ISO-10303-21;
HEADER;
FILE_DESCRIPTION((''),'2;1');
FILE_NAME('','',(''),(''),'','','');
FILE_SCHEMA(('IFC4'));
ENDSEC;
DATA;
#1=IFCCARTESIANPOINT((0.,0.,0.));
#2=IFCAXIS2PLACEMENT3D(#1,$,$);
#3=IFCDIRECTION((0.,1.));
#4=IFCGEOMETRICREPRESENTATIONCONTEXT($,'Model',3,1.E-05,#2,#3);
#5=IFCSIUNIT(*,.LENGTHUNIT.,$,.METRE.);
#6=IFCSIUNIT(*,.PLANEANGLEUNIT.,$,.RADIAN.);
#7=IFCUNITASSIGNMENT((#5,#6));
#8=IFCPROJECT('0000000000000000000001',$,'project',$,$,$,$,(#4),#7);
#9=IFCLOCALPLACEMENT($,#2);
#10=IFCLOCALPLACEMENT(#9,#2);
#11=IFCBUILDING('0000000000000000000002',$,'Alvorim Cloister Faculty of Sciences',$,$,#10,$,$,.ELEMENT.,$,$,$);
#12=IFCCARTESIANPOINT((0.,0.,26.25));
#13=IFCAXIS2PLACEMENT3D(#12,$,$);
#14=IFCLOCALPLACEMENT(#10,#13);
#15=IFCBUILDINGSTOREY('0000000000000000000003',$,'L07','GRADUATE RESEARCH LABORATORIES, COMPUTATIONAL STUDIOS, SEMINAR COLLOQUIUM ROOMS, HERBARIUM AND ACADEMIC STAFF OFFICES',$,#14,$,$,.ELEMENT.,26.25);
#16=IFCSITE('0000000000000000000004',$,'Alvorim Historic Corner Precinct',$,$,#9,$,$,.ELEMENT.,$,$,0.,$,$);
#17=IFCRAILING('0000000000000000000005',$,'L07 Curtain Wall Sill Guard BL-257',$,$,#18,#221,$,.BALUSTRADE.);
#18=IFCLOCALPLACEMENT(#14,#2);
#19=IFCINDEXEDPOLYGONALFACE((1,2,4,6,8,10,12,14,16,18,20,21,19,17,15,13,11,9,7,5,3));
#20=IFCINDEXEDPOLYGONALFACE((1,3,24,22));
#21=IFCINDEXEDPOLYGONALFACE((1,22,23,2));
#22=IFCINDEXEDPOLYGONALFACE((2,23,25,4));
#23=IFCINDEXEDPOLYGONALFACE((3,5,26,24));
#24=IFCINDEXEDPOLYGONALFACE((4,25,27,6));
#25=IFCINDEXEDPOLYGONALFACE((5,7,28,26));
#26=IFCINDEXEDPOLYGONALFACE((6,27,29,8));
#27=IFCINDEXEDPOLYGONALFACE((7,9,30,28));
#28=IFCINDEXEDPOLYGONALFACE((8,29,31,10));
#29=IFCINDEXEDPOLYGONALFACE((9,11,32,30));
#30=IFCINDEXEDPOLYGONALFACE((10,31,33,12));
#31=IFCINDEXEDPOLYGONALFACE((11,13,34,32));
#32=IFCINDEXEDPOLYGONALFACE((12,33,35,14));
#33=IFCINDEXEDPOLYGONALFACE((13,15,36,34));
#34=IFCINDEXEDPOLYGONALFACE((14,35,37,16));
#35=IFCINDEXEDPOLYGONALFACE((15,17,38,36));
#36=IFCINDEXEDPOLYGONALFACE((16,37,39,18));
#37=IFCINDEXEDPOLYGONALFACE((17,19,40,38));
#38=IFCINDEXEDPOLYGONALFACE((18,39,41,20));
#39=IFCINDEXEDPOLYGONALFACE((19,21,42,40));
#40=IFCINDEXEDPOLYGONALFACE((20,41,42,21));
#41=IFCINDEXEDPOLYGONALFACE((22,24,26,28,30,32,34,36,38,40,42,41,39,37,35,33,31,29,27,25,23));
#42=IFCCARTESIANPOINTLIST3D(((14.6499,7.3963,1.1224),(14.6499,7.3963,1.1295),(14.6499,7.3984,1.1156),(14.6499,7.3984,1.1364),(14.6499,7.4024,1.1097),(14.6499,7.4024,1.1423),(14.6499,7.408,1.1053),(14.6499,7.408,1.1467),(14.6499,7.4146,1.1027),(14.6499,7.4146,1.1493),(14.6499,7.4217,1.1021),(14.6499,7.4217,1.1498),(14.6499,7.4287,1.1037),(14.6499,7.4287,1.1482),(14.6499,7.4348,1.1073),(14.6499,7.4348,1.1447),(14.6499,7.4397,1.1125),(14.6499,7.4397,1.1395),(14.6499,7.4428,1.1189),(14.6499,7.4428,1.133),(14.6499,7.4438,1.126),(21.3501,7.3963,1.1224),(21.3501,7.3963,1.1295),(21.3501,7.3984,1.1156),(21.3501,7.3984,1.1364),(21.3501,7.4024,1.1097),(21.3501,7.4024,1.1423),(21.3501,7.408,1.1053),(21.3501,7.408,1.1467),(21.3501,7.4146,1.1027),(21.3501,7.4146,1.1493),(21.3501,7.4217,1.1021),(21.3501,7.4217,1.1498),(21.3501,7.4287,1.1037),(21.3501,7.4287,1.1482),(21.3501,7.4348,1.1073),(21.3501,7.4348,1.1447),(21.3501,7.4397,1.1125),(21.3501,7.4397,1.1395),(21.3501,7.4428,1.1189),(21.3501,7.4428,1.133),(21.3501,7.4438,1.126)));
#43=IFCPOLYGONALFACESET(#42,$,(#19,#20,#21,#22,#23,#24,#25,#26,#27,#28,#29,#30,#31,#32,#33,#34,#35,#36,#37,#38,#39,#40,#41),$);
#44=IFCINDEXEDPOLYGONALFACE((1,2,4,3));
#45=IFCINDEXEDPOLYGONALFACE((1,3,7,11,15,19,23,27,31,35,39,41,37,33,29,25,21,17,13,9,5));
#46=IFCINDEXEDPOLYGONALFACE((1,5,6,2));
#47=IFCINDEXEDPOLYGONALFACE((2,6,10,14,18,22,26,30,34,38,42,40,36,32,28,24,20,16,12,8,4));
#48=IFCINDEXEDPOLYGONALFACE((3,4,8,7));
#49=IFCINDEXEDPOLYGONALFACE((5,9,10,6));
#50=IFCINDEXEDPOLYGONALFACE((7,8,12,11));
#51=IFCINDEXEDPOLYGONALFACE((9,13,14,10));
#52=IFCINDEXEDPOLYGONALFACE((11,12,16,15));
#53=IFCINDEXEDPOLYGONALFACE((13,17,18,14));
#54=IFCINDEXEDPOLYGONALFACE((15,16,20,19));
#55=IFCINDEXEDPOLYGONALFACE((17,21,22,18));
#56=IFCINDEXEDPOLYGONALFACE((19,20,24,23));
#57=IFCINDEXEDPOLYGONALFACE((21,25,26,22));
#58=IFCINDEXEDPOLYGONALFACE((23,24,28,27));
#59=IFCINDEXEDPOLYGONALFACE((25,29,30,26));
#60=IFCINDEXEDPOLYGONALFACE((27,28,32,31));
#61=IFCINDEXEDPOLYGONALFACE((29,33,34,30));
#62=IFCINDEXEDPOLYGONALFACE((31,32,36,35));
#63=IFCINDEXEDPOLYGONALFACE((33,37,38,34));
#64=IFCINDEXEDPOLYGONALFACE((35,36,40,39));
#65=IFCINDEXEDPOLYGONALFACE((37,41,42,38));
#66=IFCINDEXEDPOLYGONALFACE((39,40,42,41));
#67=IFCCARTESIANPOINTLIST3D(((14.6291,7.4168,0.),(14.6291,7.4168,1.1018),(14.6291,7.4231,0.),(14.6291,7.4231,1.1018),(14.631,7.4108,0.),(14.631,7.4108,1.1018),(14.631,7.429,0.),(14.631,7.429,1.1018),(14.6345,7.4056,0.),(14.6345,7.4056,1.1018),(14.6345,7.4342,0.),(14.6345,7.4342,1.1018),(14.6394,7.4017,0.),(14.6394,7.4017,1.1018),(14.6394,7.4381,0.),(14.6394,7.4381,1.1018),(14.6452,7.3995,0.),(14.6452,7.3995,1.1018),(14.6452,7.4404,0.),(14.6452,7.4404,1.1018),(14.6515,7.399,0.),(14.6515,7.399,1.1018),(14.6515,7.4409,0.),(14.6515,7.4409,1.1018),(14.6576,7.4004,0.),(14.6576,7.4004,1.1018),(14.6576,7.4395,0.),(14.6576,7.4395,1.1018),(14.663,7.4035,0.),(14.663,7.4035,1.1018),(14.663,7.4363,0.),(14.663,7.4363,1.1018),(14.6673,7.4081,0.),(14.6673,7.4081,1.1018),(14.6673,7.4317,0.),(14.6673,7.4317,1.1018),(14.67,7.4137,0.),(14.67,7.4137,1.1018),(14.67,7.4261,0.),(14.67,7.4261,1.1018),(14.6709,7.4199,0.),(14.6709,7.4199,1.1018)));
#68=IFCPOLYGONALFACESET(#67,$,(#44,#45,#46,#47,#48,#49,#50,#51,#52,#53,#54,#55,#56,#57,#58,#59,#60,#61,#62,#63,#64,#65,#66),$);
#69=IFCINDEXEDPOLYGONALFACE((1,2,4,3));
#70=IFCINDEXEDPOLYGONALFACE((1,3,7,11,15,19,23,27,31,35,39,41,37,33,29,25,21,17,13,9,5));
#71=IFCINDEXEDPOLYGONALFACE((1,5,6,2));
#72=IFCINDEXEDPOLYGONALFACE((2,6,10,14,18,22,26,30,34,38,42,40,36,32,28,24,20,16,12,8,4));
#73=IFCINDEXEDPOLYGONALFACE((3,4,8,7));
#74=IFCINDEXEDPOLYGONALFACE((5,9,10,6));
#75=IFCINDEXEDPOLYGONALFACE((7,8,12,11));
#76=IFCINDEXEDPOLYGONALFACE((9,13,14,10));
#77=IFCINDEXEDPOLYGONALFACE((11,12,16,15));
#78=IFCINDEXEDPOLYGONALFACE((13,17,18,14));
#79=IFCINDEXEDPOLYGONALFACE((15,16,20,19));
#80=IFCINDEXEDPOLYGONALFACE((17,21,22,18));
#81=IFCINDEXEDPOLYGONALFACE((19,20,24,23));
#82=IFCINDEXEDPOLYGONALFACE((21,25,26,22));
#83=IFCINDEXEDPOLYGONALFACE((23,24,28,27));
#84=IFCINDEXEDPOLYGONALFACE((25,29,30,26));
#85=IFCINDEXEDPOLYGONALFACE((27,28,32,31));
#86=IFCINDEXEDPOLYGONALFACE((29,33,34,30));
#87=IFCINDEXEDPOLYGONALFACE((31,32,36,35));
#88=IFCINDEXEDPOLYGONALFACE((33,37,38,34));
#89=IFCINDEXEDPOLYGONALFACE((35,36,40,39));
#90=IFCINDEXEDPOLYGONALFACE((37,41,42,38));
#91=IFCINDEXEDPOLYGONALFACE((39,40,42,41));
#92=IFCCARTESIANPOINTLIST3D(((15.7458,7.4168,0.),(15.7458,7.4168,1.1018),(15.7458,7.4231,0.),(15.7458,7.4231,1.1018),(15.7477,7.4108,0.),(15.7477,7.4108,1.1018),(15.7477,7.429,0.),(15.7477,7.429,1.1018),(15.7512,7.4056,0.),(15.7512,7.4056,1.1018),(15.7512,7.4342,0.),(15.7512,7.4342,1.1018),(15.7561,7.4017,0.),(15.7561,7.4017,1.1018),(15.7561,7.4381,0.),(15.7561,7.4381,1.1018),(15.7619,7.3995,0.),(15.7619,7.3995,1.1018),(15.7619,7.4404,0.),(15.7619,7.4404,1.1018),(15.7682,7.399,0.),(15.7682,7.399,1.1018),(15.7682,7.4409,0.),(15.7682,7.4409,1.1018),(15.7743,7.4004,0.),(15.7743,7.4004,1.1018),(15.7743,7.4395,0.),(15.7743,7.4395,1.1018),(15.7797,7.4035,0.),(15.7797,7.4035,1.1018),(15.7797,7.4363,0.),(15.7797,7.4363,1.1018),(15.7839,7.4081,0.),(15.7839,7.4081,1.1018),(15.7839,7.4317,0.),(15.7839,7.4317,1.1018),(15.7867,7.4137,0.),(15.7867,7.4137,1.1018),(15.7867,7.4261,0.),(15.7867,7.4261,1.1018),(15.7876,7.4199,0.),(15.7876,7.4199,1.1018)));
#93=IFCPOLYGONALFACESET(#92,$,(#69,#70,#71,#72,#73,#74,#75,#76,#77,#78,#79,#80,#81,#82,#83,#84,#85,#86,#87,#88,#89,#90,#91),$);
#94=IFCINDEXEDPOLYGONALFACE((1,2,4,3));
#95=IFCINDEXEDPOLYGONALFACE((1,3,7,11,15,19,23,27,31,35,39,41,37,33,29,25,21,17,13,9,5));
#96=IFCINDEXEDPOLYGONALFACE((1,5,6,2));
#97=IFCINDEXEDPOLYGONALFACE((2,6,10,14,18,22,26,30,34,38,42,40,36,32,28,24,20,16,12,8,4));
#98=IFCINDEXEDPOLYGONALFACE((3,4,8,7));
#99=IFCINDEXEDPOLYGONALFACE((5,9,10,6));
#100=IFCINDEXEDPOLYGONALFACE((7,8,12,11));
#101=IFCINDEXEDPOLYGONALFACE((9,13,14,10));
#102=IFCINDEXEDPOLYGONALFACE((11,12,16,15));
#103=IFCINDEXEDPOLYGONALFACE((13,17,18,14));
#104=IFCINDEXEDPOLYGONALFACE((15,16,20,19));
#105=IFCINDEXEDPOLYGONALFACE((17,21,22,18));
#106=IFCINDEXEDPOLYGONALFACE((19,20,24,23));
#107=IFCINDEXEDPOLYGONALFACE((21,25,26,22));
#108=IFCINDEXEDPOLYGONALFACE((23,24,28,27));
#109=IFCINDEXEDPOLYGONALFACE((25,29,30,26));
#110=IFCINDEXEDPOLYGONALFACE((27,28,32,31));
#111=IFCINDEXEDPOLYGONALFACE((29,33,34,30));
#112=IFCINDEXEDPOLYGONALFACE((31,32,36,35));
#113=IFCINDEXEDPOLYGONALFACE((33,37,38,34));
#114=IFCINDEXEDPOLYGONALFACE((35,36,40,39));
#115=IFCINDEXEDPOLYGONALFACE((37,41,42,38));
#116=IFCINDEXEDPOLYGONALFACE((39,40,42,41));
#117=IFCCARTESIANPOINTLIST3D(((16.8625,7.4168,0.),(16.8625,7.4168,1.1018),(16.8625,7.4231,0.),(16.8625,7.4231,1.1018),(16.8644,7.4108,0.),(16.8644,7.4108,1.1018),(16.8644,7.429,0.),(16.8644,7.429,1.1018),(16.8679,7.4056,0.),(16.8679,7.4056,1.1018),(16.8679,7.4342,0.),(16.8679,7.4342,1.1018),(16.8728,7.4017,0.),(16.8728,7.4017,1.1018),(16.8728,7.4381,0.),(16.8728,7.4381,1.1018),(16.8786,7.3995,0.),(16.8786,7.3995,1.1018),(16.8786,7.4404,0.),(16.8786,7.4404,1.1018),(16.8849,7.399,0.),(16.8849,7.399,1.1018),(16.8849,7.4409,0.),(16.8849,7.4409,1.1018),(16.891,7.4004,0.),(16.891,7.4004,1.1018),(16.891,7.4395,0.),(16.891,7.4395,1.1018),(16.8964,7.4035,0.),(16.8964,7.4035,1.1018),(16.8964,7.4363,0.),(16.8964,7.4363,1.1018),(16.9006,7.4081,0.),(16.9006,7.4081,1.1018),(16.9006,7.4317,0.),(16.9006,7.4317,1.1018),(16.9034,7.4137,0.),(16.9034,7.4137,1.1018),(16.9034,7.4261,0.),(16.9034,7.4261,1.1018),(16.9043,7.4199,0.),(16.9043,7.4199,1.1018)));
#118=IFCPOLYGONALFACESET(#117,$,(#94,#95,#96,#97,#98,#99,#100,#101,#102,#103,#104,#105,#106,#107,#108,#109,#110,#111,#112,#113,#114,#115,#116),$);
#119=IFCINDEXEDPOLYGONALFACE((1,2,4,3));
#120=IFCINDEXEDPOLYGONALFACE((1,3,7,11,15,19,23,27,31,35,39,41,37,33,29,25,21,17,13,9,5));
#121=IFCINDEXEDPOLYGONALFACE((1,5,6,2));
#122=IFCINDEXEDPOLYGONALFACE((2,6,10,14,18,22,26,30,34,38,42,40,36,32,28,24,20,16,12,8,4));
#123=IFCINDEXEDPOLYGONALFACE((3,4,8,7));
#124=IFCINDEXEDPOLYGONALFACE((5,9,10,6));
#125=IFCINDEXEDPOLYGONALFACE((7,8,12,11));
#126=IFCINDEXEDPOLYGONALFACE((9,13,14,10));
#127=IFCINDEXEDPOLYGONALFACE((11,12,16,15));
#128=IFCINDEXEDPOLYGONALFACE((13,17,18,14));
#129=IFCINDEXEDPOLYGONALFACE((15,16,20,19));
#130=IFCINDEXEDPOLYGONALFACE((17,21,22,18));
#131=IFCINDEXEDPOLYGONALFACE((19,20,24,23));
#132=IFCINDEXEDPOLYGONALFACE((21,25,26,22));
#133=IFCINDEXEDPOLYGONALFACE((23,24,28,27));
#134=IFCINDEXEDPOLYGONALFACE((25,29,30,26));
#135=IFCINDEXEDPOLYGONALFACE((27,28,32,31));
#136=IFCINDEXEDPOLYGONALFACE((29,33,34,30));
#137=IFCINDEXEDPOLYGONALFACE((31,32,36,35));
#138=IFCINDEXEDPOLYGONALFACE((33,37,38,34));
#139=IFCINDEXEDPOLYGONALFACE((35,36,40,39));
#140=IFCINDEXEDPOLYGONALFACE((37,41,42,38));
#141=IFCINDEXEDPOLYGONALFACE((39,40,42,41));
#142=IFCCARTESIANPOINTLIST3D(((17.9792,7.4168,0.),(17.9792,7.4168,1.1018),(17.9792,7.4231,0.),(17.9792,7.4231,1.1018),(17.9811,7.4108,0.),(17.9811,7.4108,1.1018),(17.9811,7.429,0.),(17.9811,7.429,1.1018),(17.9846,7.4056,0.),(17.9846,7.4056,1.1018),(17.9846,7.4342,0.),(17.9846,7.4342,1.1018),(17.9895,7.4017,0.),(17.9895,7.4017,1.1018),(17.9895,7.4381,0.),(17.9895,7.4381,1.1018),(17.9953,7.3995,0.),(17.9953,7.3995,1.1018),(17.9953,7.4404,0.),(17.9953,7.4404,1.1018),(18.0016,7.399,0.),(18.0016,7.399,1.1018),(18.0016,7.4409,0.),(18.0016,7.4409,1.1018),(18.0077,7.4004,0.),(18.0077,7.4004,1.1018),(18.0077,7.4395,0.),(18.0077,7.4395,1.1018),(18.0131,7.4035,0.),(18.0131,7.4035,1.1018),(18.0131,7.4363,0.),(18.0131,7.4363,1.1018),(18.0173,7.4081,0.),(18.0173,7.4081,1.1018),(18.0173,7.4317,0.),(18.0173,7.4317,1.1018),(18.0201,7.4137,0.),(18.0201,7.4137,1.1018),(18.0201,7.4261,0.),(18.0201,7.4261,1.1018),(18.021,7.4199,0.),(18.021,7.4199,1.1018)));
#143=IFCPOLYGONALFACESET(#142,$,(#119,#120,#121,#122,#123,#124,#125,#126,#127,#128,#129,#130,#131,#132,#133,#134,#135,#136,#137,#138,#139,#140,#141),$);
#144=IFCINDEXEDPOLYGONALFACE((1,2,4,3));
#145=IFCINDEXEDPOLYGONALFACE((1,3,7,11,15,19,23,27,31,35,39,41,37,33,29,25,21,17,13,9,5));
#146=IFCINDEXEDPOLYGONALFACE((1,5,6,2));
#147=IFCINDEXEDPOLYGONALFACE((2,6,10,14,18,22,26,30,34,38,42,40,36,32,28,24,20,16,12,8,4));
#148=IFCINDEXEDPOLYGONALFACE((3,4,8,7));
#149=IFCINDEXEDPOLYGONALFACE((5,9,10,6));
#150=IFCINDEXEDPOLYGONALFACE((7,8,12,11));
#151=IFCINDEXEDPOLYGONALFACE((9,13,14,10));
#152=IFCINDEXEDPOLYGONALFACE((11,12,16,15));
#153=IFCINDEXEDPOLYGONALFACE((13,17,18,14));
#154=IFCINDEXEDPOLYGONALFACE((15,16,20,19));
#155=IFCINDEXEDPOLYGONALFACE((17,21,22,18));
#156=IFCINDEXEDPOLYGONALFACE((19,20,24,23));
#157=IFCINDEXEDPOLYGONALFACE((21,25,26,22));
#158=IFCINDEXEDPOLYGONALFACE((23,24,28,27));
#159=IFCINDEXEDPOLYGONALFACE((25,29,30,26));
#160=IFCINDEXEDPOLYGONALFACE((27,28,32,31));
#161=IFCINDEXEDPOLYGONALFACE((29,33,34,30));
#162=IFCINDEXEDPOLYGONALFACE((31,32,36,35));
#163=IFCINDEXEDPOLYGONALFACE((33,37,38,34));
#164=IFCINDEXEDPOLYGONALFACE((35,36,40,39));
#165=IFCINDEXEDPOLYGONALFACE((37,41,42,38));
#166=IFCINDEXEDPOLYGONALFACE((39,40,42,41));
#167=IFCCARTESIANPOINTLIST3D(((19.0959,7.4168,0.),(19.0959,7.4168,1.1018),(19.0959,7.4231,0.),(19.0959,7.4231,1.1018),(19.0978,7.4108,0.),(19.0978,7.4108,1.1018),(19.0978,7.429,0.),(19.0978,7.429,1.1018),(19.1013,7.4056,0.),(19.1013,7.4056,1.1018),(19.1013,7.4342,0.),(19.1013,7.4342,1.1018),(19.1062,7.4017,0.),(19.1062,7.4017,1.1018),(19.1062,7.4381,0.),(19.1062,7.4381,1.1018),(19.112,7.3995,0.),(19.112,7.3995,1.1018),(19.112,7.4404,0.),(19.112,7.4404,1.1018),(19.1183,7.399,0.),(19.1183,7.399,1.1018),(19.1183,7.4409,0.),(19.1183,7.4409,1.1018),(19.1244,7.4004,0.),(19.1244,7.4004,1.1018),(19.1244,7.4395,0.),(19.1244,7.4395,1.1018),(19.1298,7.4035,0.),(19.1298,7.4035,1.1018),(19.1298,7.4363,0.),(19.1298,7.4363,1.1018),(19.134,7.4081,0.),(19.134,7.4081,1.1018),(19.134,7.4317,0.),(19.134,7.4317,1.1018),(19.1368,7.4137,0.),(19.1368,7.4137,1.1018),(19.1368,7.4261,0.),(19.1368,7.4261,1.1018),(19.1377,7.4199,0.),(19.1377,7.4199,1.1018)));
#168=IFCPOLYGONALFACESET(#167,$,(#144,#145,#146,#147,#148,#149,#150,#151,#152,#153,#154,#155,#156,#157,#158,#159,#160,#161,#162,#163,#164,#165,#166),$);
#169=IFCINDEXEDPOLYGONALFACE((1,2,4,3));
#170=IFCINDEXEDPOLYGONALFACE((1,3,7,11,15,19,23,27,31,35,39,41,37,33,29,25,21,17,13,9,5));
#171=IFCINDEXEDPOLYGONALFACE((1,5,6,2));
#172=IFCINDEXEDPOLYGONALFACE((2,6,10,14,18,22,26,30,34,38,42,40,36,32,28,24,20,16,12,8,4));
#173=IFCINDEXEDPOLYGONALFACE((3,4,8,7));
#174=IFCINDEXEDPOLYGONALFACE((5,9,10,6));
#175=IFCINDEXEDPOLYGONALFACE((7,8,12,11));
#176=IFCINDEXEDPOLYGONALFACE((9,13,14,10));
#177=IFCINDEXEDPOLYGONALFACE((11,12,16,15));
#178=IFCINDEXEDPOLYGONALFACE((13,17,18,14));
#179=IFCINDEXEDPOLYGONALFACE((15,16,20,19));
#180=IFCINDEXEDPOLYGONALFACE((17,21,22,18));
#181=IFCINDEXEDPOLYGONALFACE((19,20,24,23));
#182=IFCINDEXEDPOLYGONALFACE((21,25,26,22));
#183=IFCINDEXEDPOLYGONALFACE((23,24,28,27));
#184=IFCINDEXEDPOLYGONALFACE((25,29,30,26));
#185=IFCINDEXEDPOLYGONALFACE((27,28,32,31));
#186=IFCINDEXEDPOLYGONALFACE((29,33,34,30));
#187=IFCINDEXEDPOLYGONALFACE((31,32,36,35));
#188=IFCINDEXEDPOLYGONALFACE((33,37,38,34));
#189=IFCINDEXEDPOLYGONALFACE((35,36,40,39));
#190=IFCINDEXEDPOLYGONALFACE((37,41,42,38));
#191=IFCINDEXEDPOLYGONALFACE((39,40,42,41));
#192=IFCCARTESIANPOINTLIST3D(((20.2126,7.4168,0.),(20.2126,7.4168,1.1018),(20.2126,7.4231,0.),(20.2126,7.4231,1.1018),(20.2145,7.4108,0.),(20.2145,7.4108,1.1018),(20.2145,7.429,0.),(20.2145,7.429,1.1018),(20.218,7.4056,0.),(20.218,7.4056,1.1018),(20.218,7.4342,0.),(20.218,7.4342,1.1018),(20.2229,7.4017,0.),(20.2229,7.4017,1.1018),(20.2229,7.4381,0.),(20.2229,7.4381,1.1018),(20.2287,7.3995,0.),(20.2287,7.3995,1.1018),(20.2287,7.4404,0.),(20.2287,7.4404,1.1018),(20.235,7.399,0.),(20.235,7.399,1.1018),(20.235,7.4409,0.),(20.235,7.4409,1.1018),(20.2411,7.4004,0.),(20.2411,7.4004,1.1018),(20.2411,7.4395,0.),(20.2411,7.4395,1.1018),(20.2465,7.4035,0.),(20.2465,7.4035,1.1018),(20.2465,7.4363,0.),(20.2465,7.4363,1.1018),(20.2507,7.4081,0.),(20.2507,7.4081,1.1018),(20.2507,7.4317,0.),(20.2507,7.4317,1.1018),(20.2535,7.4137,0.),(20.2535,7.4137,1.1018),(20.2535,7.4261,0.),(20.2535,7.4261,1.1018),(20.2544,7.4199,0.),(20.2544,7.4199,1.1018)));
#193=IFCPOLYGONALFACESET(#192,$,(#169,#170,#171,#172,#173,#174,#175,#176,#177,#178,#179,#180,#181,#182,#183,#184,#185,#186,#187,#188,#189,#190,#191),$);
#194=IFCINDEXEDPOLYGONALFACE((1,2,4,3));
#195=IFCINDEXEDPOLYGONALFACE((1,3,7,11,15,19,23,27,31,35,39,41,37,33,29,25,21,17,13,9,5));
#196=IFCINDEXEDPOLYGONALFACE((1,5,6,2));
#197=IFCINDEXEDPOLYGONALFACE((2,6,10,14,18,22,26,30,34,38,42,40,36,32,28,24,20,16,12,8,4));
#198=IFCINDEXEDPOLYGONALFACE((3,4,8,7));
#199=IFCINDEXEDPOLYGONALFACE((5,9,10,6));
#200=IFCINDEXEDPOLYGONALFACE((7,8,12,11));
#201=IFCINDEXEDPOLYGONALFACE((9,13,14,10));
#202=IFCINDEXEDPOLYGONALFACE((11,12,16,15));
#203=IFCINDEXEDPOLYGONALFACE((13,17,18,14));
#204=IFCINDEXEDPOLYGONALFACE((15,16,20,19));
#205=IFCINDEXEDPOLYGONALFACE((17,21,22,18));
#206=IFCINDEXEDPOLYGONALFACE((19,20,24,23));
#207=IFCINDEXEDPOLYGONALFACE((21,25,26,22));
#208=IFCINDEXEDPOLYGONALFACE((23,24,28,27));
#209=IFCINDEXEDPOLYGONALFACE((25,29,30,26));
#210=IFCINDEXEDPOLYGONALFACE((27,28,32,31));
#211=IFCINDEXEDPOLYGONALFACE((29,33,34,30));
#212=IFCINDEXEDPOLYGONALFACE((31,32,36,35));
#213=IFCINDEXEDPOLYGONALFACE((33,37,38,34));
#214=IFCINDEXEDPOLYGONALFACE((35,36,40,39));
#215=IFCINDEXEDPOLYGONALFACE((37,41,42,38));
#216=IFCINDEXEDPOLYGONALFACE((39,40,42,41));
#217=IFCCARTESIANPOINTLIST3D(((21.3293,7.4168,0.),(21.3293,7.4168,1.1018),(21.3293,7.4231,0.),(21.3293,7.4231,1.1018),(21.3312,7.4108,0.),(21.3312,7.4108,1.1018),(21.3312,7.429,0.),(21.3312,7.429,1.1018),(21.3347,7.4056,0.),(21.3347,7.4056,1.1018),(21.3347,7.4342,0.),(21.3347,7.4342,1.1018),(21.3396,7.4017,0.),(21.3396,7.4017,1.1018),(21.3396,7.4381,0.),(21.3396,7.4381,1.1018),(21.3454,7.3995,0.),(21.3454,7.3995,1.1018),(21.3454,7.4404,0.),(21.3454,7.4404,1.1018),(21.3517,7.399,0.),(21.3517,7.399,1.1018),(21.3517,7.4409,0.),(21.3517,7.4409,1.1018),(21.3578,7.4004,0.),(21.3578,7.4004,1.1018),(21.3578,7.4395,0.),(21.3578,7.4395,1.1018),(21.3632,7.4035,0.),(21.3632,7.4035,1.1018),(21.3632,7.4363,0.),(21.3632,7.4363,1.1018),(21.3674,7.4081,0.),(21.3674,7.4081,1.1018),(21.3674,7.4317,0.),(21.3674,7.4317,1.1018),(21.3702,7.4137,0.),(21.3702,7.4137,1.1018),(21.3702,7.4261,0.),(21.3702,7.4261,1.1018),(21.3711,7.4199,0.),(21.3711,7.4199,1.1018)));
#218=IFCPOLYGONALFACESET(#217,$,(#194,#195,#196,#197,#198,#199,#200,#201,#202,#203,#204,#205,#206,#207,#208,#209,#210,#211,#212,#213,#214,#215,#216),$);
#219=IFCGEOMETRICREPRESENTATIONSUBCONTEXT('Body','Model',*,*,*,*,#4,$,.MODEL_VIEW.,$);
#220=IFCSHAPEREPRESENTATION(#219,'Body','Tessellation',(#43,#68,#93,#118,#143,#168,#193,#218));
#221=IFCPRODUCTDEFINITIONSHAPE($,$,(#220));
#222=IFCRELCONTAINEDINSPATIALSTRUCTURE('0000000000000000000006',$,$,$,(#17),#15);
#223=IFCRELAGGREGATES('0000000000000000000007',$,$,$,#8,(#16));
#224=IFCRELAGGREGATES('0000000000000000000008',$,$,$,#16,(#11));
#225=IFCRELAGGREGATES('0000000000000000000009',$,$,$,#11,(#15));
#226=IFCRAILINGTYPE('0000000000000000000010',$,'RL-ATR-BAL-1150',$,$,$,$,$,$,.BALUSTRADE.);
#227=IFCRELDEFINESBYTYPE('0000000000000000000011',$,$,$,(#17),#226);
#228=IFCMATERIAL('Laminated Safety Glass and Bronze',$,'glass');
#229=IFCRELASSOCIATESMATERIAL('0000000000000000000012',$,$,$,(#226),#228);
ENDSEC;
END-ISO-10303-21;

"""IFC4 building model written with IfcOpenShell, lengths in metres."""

from ifc_helpers import new_model, si_unit, direction, frame, origin, origin_2d, place, context, subcontext, project, spatial, circle, extrude, material, type_object, element, save


model = new_model("IFC4")

# Units and contexts
model_context = context("Model", 3, precision=1e-05, world=origin(), true_north=direction((0.0, 1.0)))
body_context = subcontext(model_context, "Body", "Model", "MODEL_VIEW")
ifc_project = project(units=[si_unit("LENGTHUNIT", "METRE"), si_unit("PLANEANGLEUNIT", "RADIAN")], contexts=[model_context])

# Site, building, storey
site_placement = place(None, origin())
site = spatial("IfcSite", under=ifc_project, at=site_placement, Name="Alvorim Historic Corner Precinct", CompositionType="ELEMENT", RefElevation=0.0)
building_placement = place(site_placement, origin())
building = spatial("IfcBuilding", under=site, at=building_placement, Name="Alvorim Cloister Faculty of Sciences", CompositionType="ELEMENT")
storey_placement = place(building_placement, frame((0.0, 0.0, 26.25)))
storey = spatial("IfcBuildingStorey", under=building, at=storey_placement, Name="L07", Description="GRADUATE RESEARCH LABORATORIES, COMPUTATIONAL STUDIOS, SEMINAR COLLOQUIUM ROOMS, HERBARIUM AND ACADEMIC STAFF OFFICES", CompositionType="ELEMENT", Elevation=26.25)

# Railing
ifc_material_1 = material(Name="Laminated Safety Glass and Bronze", Category="glass")
railing_type = type_object("IfcRailingType", Name="RL-ATR-BAL-1150", PredefinedType="BALUSTRADE", material=ifc_material_1)
railing_placement = place(storey_placement, frame((14.6499, 7.4199, 0.0)))
element("IfcRailing", 1, at=railing_placement, inside=storey, type_object=railing_type, Name="L07 Curtain Wall Sill Guard BL-257", PredefinedType="BALUSTRADE", context=body_context, shape_type="SweptSolid", body=[
    extrude(circle(Radius=0.0239, at=origin_2d()), frame((0.0, 0.0, 1.126), z_axis=(1.0, 0.0, 0.0), x_axis=(0.0, 1.0, 0.0)), (0.0, 0.0, 1.0), 6.7002),
    extrude(circle(Radius=0.021, at=origin_2d()), origin(), (0.0, 0.0, 1.0), 1.1018),
    extrude(circle(Radius=0.021, at=origin_2d()), frame((1.1167, 0.0, 0.0)), (0.0, 0.0, 1.0), 1.1018),
    extrude(circle(Radius=0.021, at=origin_2d()), frame((2.2334, 0.0, 0.0)), (0.0, 0.0, 1.0), 1.1018),
    extrude(circle(Radius=0.021, at=origin_2d()), frame((3.3501, 0.0, 0.0)), (0.0, 0.0, 1.0), 1.1018),
    extrude(circle(Radius=0.021, at=origin_2d()), frame((4.4668, 0.0, 0.0)), (0.0, 0.0, 1.0), 1.1018),
    extrude(circle(Radius=0.021, at=origin_2d()), frame((5.5835, 0.0, 0.0)), (0.0, 0.0, 1.0), 1.1018),
    extrude(circle(Radius=0.021, at=origin_2d()), frame((6.7002, 0.0, 0.0)), (0.0, 0.0, 1.0), 1.1018),
])

save(model, "model.ifc")
